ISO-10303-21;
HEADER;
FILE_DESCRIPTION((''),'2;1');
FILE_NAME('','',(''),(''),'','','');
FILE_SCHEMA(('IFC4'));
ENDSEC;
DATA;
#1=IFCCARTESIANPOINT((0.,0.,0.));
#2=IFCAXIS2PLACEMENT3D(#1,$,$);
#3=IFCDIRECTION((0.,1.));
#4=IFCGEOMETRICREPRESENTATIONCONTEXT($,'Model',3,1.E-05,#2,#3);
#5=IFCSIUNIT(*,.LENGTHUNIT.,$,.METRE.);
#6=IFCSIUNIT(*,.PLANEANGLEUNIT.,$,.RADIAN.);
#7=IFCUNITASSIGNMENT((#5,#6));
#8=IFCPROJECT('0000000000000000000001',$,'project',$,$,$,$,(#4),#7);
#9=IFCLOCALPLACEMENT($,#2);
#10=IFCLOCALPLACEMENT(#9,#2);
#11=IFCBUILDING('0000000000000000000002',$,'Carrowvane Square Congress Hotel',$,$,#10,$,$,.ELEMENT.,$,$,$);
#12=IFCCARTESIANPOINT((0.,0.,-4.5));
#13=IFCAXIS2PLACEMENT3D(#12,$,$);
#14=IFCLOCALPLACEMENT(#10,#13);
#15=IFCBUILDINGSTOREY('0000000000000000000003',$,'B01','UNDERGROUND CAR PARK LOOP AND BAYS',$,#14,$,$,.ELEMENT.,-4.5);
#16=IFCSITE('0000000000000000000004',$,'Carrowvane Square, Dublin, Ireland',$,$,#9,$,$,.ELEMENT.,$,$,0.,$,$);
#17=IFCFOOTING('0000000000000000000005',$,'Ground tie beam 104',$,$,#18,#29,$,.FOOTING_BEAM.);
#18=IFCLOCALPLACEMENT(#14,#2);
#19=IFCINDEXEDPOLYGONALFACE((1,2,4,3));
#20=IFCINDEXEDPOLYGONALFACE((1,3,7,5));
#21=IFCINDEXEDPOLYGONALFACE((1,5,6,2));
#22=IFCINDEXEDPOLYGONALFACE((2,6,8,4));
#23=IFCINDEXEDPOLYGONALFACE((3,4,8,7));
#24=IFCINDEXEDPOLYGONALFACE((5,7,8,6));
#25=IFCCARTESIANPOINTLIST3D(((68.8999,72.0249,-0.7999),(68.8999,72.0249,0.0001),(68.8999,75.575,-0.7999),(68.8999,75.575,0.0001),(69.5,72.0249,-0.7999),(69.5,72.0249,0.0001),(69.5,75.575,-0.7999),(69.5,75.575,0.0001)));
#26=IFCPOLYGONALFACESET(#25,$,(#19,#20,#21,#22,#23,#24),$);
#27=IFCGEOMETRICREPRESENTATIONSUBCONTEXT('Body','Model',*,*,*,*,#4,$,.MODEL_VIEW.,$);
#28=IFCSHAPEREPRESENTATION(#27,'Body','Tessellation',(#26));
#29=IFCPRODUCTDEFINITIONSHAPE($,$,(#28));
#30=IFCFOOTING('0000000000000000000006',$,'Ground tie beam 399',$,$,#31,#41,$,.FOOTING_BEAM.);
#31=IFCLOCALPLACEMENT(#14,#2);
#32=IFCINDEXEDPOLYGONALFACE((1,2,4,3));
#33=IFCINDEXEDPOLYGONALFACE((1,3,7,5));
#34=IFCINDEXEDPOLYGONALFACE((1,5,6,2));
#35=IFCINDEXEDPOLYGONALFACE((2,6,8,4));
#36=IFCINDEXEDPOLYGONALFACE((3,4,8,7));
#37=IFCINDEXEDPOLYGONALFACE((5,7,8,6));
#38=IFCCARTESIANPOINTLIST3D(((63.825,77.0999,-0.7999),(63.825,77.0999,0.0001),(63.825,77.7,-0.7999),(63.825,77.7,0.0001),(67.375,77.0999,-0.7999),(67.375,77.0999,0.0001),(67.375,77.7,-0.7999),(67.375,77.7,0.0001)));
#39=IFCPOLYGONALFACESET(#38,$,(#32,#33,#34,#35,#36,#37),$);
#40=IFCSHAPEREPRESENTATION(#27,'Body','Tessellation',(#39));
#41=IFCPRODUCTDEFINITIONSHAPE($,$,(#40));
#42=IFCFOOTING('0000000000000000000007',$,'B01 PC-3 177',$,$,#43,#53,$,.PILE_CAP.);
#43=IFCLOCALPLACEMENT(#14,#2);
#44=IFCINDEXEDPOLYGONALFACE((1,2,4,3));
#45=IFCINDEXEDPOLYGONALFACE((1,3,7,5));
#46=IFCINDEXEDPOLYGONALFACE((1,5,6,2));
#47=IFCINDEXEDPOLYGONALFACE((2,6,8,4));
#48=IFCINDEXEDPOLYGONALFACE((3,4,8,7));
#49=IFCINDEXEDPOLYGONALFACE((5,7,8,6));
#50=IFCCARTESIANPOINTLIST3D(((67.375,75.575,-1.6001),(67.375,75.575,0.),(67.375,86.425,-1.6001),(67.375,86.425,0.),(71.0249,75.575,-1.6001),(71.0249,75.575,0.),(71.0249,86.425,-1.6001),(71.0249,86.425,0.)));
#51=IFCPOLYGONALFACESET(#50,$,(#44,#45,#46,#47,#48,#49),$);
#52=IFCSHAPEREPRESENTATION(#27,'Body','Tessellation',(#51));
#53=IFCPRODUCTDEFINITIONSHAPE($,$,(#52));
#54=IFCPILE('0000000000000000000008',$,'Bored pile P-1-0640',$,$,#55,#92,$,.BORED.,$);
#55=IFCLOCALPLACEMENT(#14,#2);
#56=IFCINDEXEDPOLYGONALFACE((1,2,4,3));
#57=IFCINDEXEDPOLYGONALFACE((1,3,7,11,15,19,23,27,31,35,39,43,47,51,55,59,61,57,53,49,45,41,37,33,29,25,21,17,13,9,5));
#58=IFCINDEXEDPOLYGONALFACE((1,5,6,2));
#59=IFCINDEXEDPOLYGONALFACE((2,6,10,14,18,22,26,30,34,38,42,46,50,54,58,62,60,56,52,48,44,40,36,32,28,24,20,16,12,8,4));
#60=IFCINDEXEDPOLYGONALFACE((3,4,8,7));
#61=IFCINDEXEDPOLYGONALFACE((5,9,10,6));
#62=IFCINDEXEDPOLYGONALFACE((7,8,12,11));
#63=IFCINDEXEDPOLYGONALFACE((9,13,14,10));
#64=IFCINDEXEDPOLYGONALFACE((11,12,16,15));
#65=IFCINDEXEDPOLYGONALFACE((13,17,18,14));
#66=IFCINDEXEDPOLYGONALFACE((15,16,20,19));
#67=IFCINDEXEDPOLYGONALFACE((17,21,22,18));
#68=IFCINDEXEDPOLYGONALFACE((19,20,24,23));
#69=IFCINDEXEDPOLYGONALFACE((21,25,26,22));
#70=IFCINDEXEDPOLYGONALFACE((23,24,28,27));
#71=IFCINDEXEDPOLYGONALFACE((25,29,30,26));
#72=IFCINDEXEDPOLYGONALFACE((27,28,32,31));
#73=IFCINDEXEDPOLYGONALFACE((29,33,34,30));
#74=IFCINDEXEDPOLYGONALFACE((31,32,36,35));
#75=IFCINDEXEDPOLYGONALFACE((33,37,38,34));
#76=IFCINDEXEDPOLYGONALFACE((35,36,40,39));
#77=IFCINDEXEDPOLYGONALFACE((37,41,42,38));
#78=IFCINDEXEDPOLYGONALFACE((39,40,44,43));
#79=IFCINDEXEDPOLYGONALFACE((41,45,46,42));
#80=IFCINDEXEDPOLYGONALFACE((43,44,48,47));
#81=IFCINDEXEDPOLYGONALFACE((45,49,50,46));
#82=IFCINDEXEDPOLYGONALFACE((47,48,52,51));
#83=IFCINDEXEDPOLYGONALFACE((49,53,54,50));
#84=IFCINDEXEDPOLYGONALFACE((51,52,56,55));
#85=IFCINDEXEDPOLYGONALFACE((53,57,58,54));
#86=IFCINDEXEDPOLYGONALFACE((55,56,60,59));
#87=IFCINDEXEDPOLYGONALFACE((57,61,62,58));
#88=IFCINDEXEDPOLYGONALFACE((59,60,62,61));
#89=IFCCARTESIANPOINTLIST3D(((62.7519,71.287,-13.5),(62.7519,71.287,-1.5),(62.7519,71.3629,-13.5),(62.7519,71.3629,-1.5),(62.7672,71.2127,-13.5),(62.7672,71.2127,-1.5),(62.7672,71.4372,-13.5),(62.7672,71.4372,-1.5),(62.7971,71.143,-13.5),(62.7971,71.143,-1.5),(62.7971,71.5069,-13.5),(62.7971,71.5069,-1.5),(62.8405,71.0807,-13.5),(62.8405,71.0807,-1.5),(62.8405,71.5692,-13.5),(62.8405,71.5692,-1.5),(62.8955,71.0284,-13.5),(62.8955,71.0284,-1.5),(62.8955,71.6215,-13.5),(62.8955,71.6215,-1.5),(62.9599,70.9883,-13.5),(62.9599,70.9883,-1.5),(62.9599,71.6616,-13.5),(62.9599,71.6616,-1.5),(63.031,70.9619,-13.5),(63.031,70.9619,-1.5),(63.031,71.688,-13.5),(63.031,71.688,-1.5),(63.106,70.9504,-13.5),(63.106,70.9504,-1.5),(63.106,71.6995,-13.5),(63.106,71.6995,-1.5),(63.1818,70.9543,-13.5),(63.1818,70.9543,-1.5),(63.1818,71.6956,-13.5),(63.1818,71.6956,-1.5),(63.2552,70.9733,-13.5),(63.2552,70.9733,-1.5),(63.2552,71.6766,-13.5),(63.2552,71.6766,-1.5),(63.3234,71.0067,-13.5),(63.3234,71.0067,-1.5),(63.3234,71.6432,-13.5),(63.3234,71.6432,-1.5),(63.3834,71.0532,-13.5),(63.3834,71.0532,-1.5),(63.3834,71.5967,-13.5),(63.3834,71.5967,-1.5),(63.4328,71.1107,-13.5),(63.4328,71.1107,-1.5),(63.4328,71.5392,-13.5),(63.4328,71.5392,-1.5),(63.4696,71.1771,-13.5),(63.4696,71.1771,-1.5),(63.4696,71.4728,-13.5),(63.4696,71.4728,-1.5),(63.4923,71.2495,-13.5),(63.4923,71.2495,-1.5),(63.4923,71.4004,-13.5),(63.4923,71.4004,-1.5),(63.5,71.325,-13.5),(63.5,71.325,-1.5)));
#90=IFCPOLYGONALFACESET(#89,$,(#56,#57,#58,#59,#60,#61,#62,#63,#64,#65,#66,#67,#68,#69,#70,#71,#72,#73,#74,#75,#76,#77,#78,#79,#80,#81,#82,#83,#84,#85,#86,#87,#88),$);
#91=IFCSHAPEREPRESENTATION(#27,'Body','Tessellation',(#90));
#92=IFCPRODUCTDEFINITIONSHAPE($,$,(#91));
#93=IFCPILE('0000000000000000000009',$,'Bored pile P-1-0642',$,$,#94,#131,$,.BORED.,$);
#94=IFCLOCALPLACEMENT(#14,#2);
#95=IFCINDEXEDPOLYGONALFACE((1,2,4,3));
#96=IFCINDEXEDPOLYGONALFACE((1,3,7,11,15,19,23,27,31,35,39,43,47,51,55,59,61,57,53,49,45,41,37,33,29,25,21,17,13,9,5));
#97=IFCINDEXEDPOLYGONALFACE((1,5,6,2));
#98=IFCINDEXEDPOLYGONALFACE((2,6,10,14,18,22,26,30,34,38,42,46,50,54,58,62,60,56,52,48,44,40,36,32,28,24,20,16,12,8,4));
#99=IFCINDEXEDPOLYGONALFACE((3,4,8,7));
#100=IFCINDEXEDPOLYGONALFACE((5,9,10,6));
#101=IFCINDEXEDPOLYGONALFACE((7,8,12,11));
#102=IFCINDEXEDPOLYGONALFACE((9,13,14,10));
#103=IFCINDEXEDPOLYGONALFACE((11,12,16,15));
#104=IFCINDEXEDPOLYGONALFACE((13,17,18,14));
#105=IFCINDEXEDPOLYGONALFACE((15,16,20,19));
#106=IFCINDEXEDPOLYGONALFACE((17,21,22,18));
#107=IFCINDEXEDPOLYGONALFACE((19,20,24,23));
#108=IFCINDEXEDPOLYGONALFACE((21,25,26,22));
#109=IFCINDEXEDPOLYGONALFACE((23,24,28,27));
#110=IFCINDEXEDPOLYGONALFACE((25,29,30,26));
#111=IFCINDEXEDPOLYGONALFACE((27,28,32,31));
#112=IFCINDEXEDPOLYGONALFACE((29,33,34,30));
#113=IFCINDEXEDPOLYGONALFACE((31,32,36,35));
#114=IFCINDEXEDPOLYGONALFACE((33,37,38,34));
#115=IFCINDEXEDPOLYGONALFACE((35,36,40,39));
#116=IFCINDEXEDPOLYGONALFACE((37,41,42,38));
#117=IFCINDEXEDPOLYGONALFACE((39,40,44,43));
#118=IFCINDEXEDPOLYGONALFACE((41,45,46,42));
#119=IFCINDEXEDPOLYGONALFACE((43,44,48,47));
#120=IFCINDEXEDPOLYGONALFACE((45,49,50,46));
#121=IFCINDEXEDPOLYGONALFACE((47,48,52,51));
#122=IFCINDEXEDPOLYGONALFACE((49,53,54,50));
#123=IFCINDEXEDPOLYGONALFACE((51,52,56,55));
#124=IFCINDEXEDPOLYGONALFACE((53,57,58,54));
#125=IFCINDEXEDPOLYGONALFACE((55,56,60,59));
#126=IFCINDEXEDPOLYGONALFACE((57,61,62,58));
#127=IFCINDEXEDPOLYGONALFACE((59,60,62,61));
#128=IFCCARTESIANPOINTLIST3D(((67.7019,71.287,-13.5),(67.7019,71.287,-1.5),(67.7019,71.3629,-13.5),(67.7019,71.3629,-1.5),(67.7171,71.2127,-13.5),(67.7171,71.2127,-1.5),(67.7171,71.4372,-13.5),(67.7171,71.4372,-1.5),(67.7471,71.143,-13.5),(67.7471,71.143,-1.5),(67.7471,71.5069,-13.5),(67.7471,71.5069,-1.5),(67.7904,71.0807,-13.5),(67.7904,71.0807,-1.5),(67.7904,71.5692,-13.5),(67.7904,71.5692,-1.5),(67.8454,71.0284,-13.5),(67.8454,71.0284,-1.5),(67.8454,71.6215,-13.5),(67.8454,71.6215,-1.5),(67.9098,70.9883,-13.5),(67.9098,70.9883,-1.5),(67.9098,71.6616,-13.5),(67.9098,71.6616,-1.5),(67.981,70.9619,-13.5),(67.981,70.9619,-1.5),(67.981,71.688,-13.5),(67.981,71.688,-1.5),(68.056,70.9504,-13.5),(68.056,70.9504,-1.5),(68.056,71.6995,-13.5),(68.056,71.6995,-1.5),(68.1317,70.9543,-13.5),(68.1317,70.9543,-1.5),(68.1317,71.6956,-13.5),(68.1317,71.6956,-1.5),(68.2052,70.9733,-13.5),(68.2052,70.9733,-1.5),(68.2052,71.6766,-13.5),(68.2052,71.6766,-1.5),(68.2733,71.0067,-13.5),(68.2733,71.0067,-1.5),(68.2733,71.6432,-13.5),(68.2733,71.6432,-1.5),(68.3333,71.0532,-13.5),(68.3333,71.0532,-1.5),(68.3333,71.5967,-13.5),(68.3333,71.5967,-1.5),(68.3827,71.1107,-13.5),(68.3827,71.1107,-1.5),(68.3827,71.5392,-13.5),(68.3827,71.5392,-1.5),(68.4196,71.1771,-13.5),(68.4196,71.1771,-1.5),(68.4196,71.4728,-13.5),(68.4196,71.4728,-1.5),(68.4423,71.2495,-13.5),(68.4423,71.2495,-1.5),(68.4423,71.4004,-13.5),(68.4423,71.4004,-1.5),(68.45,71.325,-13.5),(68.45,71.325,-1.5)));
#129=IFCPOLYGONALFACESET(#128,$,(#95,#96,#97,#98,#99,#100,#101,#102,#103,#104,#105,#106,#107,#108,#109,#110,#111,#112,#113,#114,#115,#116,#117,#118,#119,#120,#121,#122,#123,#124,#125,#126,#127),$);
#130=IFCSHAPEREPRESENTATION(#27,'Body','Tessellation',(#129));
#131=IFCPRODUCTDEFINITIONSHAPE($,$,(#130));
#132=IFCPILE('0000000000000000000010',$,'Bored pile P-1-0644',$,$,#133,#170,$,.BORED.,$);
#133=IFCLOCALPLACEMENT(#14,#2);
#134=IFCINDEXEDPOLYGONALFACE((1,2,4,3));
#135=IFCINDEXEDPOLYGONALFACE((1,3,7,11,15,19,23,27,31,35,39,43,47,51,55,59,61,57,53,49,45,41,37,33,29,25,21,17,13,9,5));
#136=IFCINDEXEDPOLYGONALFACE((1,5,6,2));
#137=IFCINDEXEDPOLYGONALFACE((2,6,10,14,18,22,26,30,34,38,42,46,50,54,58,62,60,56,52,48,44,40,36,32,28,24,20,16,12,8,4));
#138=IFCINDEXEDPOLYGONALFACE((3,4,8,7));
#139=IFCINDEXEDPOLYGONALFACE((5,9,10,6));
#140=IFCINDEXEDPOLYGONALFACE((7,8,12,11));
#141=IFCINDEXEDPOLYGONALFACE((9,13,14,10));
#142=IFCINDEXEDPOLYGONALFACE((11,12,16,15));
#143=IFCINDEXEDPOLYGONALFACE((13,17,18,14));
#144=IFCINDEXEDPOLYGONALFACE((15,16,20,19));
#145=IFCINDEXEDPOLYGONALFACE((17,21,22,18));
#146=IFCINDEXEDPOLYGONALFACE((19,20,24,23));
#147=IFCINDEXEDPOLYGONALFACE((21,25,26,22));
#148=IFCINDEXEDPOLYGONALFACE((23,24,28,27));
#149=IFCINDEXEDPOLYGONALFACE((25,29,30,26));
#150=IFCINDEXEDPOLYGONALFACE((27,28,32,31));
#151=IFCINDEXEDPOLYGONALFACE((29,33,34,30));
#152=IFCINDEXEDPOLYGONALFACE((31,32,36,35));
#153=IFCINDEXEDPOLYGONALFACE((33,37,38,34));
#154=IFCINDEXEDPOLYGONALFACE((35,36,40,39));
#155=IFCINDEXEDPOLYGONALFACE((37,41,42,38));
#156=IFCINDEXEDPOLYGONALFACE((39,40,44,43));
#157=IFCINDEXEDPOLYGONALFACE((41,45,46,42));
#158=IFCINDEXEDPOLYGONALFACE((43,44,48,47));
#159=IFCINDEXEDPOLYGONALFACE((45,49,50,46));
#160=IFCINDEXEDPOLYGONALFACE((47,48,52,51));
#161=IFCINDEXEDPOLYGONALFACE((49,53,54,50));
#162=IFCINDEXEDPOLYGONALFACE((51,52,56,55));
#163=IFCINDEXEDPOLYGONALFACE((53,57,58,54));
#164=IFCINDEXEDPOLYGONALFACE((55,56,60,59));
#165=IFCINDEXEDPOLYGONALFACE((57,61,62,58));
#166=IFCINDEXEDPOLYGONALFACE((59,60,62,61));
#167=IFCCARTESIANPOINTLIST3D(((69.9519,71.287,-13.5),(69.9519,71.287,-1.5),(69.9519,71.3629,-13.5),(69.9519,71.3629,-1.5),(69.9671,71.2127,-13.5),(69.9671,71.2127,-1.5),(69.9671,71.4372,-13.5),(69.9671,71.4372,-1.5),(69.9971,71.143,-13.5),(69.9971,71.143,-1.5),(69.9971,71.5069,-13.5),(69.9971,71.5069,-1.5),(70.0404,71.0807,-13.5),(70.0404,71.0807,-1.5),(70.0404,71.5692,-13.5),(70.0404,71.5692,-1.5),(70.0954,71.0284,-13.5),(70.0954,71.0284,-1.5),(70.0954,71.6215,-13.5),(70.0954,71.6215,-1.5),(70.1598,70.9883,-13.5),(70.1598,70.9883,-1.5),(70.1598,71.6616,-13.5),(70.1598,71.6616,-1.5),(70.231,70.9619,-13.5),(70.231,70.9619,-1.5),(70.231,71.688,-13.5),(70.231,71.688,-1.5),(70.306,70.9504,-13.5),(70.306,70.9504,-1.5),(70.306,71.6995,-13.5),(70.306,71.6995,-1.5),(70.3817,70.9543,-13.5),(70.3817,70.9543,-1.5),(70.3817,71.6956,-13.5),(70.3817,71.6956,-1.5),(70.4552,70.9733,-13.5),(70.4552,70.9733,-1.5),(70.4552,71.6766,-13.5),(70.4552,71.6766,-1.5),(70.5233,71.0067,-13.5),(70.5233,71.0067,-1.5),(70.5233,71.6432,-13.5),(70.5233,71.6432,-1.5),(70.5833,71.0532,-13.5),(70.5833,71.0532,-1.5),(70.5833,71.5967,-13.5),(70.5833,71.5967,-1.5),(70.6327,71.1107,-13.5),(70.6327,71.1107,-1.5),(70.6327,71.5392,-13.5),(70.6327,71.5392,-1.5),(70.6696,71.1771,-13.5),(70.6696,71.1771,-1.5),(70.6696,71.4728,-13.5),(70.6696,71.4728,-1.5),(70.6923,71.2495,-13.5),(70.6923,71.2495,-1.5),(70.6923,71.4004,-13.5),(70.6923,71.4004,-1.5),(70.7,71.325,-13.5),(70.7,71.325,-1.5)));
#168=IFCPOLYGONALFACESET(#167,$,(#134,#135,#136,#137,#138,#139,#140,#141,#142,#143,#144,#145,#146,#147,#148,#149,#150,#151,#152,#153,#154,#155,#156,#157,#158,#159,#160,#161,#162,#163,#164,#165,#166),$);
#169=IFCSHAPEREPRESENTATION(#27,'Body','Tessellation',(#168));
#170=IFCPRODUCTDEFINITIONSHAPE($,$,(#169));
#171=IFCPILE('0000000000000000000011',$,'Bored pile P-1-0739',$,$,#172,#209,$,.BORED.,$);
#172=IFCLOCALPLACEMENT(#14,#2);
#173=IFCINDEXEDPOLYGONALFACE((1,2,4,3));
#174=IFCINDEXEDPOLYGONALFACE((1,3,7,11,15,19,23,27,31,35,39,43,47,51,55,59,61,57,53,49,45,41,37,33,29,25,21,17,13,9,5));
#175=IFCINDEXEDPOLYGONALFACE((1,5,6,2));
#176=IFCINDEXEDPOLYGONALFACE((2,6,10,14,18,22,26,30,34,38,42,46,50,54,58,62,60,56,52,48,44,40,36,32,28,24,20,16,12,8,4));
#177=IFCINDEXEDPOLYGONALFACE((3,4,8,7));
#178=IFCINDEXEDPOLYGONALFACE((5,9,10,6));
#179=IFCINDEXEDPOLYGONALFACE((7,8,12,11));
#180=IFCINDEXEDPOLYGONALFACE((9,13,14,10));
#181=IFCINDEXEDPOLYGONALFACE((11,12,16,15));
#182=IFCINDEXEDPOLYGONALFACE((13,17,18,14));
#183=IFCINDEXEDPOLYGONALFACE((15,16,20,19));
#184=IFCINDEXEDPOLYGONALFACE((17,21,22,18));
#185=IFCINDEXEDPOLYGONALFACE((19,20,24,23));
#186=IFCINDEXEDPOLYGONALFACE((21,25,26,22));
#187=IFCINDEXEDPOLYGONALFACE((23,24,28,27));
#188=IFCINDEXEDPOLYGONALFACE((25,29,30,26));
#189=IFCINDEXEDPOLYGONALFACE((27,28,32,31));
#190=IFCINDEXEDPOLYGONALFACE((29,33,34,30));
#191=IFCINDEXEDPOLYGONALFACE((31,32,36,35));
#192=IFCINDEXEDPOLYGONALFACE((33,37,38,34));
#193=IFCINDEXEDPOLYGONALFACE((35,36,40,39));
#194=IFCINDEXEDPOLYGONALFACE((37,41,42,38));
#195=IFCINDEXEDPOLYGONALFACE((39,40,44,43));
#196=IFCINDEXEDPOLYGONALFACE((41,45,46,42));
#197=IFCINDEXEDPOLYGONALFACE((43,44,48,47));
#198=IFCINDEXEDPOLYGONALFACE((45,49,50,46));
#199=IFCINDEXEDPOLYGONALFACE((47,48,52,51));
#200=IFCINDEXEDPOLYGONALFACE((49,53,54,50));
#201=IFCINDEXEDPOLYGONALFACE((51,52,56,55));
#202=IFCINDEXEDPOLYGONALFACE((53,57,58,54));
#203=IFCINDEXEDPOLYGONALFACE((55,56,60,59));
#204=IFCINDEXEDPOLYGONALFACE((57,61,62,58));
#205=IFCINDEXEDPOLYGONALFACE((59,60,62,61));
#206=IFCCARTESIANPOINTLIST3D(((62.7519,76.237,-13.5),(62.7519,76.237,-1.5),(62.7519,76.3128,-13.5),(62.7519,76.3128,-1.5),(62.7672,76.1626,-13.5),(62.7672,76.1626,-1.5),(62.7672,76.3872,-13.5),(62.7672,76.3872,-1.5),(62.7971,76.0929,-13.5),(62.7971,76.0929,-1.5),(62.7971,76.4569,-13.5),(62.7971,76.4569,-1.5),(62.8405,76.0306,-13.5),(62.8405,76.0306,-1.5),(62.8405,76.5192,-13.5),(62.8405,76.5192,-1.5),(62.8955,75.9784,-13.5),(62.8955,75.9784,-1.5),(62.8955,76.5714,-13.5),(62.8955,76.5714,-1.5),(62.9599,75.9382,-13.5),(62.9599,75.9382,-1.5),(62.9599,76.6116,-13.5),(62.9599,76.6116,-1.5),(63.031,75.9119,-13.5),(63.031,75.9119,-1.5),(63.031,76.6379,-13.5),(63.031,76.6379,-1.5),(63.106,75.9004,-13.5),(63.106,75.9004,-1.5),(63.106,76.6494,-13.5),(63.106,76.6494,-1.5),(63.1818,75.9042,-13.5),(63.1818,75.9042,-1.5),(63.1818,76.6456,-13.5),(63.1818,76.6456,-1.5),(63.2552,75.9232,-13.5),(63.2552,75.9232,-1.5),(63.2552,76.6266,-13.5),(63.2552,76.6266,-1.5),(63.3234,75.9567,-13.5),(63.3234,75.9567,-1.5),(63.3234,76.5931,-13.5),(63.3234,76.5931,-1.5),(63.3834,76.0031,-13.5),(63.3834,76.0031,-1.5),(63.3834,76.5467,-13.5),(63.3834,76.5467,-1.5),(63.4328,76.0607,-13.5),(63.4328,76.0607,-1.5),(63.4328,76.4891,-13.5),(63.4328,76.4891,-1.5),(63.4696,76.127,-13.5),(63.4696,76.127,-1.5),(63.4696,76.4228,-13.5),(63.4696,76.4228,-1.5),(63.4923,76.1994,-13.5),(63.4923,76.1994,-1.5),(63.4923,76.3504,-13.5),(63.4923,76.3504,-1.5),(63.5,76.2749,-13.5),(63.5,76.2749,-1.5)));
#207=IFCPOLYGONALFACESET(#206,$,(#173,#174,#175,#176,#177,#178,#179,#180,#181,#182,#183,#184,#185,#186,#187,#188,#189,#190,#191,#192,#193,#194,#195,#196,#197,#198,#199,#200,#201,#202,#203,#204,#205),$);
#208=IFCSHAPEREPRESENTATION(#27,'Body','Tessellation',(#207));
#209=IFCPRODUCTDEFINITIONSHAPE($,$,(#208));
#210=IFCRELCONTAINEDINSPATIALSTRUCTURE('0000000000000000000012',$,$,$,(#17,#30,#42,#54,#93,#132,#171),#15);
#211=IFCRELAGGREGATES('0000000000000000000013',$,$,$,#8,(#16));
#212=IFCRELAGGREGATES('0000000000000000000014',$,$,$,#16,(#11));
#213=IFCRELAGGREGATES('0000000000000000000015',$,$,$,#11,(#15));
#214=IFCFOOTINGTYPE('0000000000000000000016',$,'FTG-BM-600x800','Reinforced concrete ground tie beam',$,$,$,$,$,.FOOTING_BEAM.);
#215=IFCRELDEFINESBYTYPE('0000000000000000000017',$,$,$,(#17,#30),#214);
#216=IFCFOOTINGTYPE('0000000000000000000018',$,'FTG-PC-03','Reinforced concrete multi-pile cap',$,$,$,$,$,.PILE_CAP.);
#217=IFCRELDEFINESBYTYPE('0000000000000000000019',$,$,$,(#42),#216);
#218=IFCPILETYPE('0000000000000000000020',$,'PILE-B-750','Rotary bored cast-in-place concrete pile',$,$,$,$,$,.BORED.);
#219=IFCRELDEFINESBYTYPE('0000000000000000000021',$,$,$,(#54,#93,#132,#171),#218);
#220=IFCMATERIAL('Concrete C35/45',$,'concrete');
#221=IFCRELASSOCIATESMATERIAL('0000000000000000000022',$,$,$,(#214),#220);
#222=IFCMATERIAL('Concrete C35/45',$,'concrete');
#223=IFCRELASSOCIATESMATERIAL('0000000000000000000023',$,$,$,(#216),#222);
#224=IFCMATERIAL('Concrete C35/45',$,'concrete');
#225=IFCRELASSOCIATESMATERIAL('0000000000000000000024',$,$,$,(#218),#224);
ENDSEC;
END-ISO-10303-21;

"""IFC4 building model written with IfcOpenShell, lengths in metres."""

from ifc_helpers import new_model, si_unit, direction, frame, origin, origin_2d, place, context, subcontext, project, spatial, rectangle, circle, extrude, material, material_profile, profile_set, type_object, element, save


model = new_model("IFC4")

# Units and contexts
model_context = context("Model", 3, precision=1e-05, world=origin(), true_north=direction((0.0, 1.0)))
body_context = subcontext(model_context, "Body", "Model", "MODEL_VIEW")
ifc_project = project(units=[si_unit("LENGTHUNIT", "METRE"), si_unit("PLANEANGLEUNIT", "RADIAN")], contexts=[model_context])

# Site, building, storey
site_placement = place(None, origin())
site = spatial("IfcSite", under=ifc_project, at=site_placement, Name="Carrowvane Square, Dublin, Ireland", CompositionType="ELEMENT", RefElevation=0.0)
building_placement = place(site_placement, origin())
building = spatial("IfcBuilding", under=site, at=building_placement, Name="Carrowvane Square Congress Hotel", CompositionType="ELEMENT")
storey_placement = place(building_placement, frame((0.0, 0.0, -4.5)))
storey = spatial("IfcBuildingStorey", under=building, at=storey_placement, Name="B01", Description="UNDERGROUND CAR PARK LOOP AND BAYS", CompositionType="ELEMENT", Elevation=-4.5)

# Footings
ifc_material_1 = material(Name="Concrete C35/45", Category="concrete")
ifc_material_profile_1 = material_profile(ifc_material_1, rectangle(XDim=0.6001, YDim=0.8, at=origin_2d()), Name="RC 600x800")
ifc_profile_set_1 = profile_set([ifc_material_profile_1], Name="Concrete C35/45")
footing_type_1 = type_object("IfcFootingType", Name="FTG-BM-600x800", Description="Reinforced concrete ground tie beam", PredefinedType="FOOTING_BEAM", material=ifc_profile_set_1)
for number, where, z_axis, x_axis, name in (
    (1, (69.2, 72.0249, -0.3999), (0.0, 1.0, 0.0), (-1.0, 0.0, 0.0), "Ground tie beam 104"),
    (2, (63.825, 77.3999, -0.3999), (1.0, 0.0, 0.0), (0.0, 1.0, 0.0), "Ground tie beam 399"),
):
    element("IfcFooting", number, at=place(storey_placement, frame(where, z_axis=z_axis, x_axis=x_axis)), inside=storey, type_object=footing_type_1, Name=name, PredefinedType="FOOTING_BEAM", context=body_context, shape_type="SweptSolid", body=[
        extrude(rectangle(XDim=0.6001, YDim=0.8, at=origin_2d()), origin(), (0.0, 0.0, 1.0), 3.55),
    ])
ifc_material_2 = material(Name="Concrete C35/45", Category="concrete")
footing_type_2 = type_object("IfcFootingType", Name="FTG-PC-03", Description="Reinforced concrete multi-pile cap", PredefinedType="PILE_CAP", material=ifc_material_2)
footing_placement = place(storey_placement, frame((69.2, 81.0, -1.6001), z_axis=(0.0, 0.0, 1.0), x_axis=(1.0, 0.0, 0.0)))
element("IfcFooting", 3, at=footing_placement, inside=storey, type_object=footing_type_2, Name="B01 PC-3 177", PredefinedType="PILE_CAP", context=body_context, shape_type="SweptSolid", body=[
    extrude(rectangle(XDim=3.6499, YDim=10.8501, at=origin_2d()), origin(), (0.0, 0.0, 1.0), 1.6001),
])

# Piles
ifc_material_3 = material(Name="Concrete C35/45", Category="concrete")
ifc_material_profile_2 = material_profile(ifc_material_3, circle(Radius=0.375, at=origin_2d()), Name="PILE D750")
ifc_profile_set_2 = profile_set([ifc_material_profile_2], Name="Concrete C35/45")
pile_type = type_object("IfcPileType", Name="PILE-B-750", Description="Rotary bored cast-in-place concrete pile", PredefinedType="BORED", material=ifc_profile_set_2)
for number, where, z_axis, x_axis, name in (
    (4, (63.125, 71.325, -1.5), (0.0, 0.0, -1.0), (1.0, 0.0, 0.0), "Bored pile P-1-0640"),
    (5, (68.075, 71.325, -1.5), (0.0, 0.0, -1.0), (1.0, 0.0, 0.0), "Bored pile P-1-0642"),
    (6, (70.325, 71.325, -1.5), (0.0, 0.0, -1.0), (1.0, 0.0, 0.0), "Bored pile P-1-0644"),
    (7, (63.125, 76.2749, -1.5), (0.0, 0.0, -1.0), (1.0, 0.0, 0.0), "Bored pile P-1-0739"),
):
    element("IfcPile", number, at=place(storey_placement, frame(where, z_axis=z_axis, x_axis=x_axis)), inside=storey, type_object=pile_type, Name=name, PredefinedType="BORED", context=body_context, shape_type="SweptSolid", body=[
        extrude(circle(Radius=0.375, at=origin_2d()), origin(), (0.0, 0.0, 1.0), 12.0),
    ])

save(model, "model.ifc")
